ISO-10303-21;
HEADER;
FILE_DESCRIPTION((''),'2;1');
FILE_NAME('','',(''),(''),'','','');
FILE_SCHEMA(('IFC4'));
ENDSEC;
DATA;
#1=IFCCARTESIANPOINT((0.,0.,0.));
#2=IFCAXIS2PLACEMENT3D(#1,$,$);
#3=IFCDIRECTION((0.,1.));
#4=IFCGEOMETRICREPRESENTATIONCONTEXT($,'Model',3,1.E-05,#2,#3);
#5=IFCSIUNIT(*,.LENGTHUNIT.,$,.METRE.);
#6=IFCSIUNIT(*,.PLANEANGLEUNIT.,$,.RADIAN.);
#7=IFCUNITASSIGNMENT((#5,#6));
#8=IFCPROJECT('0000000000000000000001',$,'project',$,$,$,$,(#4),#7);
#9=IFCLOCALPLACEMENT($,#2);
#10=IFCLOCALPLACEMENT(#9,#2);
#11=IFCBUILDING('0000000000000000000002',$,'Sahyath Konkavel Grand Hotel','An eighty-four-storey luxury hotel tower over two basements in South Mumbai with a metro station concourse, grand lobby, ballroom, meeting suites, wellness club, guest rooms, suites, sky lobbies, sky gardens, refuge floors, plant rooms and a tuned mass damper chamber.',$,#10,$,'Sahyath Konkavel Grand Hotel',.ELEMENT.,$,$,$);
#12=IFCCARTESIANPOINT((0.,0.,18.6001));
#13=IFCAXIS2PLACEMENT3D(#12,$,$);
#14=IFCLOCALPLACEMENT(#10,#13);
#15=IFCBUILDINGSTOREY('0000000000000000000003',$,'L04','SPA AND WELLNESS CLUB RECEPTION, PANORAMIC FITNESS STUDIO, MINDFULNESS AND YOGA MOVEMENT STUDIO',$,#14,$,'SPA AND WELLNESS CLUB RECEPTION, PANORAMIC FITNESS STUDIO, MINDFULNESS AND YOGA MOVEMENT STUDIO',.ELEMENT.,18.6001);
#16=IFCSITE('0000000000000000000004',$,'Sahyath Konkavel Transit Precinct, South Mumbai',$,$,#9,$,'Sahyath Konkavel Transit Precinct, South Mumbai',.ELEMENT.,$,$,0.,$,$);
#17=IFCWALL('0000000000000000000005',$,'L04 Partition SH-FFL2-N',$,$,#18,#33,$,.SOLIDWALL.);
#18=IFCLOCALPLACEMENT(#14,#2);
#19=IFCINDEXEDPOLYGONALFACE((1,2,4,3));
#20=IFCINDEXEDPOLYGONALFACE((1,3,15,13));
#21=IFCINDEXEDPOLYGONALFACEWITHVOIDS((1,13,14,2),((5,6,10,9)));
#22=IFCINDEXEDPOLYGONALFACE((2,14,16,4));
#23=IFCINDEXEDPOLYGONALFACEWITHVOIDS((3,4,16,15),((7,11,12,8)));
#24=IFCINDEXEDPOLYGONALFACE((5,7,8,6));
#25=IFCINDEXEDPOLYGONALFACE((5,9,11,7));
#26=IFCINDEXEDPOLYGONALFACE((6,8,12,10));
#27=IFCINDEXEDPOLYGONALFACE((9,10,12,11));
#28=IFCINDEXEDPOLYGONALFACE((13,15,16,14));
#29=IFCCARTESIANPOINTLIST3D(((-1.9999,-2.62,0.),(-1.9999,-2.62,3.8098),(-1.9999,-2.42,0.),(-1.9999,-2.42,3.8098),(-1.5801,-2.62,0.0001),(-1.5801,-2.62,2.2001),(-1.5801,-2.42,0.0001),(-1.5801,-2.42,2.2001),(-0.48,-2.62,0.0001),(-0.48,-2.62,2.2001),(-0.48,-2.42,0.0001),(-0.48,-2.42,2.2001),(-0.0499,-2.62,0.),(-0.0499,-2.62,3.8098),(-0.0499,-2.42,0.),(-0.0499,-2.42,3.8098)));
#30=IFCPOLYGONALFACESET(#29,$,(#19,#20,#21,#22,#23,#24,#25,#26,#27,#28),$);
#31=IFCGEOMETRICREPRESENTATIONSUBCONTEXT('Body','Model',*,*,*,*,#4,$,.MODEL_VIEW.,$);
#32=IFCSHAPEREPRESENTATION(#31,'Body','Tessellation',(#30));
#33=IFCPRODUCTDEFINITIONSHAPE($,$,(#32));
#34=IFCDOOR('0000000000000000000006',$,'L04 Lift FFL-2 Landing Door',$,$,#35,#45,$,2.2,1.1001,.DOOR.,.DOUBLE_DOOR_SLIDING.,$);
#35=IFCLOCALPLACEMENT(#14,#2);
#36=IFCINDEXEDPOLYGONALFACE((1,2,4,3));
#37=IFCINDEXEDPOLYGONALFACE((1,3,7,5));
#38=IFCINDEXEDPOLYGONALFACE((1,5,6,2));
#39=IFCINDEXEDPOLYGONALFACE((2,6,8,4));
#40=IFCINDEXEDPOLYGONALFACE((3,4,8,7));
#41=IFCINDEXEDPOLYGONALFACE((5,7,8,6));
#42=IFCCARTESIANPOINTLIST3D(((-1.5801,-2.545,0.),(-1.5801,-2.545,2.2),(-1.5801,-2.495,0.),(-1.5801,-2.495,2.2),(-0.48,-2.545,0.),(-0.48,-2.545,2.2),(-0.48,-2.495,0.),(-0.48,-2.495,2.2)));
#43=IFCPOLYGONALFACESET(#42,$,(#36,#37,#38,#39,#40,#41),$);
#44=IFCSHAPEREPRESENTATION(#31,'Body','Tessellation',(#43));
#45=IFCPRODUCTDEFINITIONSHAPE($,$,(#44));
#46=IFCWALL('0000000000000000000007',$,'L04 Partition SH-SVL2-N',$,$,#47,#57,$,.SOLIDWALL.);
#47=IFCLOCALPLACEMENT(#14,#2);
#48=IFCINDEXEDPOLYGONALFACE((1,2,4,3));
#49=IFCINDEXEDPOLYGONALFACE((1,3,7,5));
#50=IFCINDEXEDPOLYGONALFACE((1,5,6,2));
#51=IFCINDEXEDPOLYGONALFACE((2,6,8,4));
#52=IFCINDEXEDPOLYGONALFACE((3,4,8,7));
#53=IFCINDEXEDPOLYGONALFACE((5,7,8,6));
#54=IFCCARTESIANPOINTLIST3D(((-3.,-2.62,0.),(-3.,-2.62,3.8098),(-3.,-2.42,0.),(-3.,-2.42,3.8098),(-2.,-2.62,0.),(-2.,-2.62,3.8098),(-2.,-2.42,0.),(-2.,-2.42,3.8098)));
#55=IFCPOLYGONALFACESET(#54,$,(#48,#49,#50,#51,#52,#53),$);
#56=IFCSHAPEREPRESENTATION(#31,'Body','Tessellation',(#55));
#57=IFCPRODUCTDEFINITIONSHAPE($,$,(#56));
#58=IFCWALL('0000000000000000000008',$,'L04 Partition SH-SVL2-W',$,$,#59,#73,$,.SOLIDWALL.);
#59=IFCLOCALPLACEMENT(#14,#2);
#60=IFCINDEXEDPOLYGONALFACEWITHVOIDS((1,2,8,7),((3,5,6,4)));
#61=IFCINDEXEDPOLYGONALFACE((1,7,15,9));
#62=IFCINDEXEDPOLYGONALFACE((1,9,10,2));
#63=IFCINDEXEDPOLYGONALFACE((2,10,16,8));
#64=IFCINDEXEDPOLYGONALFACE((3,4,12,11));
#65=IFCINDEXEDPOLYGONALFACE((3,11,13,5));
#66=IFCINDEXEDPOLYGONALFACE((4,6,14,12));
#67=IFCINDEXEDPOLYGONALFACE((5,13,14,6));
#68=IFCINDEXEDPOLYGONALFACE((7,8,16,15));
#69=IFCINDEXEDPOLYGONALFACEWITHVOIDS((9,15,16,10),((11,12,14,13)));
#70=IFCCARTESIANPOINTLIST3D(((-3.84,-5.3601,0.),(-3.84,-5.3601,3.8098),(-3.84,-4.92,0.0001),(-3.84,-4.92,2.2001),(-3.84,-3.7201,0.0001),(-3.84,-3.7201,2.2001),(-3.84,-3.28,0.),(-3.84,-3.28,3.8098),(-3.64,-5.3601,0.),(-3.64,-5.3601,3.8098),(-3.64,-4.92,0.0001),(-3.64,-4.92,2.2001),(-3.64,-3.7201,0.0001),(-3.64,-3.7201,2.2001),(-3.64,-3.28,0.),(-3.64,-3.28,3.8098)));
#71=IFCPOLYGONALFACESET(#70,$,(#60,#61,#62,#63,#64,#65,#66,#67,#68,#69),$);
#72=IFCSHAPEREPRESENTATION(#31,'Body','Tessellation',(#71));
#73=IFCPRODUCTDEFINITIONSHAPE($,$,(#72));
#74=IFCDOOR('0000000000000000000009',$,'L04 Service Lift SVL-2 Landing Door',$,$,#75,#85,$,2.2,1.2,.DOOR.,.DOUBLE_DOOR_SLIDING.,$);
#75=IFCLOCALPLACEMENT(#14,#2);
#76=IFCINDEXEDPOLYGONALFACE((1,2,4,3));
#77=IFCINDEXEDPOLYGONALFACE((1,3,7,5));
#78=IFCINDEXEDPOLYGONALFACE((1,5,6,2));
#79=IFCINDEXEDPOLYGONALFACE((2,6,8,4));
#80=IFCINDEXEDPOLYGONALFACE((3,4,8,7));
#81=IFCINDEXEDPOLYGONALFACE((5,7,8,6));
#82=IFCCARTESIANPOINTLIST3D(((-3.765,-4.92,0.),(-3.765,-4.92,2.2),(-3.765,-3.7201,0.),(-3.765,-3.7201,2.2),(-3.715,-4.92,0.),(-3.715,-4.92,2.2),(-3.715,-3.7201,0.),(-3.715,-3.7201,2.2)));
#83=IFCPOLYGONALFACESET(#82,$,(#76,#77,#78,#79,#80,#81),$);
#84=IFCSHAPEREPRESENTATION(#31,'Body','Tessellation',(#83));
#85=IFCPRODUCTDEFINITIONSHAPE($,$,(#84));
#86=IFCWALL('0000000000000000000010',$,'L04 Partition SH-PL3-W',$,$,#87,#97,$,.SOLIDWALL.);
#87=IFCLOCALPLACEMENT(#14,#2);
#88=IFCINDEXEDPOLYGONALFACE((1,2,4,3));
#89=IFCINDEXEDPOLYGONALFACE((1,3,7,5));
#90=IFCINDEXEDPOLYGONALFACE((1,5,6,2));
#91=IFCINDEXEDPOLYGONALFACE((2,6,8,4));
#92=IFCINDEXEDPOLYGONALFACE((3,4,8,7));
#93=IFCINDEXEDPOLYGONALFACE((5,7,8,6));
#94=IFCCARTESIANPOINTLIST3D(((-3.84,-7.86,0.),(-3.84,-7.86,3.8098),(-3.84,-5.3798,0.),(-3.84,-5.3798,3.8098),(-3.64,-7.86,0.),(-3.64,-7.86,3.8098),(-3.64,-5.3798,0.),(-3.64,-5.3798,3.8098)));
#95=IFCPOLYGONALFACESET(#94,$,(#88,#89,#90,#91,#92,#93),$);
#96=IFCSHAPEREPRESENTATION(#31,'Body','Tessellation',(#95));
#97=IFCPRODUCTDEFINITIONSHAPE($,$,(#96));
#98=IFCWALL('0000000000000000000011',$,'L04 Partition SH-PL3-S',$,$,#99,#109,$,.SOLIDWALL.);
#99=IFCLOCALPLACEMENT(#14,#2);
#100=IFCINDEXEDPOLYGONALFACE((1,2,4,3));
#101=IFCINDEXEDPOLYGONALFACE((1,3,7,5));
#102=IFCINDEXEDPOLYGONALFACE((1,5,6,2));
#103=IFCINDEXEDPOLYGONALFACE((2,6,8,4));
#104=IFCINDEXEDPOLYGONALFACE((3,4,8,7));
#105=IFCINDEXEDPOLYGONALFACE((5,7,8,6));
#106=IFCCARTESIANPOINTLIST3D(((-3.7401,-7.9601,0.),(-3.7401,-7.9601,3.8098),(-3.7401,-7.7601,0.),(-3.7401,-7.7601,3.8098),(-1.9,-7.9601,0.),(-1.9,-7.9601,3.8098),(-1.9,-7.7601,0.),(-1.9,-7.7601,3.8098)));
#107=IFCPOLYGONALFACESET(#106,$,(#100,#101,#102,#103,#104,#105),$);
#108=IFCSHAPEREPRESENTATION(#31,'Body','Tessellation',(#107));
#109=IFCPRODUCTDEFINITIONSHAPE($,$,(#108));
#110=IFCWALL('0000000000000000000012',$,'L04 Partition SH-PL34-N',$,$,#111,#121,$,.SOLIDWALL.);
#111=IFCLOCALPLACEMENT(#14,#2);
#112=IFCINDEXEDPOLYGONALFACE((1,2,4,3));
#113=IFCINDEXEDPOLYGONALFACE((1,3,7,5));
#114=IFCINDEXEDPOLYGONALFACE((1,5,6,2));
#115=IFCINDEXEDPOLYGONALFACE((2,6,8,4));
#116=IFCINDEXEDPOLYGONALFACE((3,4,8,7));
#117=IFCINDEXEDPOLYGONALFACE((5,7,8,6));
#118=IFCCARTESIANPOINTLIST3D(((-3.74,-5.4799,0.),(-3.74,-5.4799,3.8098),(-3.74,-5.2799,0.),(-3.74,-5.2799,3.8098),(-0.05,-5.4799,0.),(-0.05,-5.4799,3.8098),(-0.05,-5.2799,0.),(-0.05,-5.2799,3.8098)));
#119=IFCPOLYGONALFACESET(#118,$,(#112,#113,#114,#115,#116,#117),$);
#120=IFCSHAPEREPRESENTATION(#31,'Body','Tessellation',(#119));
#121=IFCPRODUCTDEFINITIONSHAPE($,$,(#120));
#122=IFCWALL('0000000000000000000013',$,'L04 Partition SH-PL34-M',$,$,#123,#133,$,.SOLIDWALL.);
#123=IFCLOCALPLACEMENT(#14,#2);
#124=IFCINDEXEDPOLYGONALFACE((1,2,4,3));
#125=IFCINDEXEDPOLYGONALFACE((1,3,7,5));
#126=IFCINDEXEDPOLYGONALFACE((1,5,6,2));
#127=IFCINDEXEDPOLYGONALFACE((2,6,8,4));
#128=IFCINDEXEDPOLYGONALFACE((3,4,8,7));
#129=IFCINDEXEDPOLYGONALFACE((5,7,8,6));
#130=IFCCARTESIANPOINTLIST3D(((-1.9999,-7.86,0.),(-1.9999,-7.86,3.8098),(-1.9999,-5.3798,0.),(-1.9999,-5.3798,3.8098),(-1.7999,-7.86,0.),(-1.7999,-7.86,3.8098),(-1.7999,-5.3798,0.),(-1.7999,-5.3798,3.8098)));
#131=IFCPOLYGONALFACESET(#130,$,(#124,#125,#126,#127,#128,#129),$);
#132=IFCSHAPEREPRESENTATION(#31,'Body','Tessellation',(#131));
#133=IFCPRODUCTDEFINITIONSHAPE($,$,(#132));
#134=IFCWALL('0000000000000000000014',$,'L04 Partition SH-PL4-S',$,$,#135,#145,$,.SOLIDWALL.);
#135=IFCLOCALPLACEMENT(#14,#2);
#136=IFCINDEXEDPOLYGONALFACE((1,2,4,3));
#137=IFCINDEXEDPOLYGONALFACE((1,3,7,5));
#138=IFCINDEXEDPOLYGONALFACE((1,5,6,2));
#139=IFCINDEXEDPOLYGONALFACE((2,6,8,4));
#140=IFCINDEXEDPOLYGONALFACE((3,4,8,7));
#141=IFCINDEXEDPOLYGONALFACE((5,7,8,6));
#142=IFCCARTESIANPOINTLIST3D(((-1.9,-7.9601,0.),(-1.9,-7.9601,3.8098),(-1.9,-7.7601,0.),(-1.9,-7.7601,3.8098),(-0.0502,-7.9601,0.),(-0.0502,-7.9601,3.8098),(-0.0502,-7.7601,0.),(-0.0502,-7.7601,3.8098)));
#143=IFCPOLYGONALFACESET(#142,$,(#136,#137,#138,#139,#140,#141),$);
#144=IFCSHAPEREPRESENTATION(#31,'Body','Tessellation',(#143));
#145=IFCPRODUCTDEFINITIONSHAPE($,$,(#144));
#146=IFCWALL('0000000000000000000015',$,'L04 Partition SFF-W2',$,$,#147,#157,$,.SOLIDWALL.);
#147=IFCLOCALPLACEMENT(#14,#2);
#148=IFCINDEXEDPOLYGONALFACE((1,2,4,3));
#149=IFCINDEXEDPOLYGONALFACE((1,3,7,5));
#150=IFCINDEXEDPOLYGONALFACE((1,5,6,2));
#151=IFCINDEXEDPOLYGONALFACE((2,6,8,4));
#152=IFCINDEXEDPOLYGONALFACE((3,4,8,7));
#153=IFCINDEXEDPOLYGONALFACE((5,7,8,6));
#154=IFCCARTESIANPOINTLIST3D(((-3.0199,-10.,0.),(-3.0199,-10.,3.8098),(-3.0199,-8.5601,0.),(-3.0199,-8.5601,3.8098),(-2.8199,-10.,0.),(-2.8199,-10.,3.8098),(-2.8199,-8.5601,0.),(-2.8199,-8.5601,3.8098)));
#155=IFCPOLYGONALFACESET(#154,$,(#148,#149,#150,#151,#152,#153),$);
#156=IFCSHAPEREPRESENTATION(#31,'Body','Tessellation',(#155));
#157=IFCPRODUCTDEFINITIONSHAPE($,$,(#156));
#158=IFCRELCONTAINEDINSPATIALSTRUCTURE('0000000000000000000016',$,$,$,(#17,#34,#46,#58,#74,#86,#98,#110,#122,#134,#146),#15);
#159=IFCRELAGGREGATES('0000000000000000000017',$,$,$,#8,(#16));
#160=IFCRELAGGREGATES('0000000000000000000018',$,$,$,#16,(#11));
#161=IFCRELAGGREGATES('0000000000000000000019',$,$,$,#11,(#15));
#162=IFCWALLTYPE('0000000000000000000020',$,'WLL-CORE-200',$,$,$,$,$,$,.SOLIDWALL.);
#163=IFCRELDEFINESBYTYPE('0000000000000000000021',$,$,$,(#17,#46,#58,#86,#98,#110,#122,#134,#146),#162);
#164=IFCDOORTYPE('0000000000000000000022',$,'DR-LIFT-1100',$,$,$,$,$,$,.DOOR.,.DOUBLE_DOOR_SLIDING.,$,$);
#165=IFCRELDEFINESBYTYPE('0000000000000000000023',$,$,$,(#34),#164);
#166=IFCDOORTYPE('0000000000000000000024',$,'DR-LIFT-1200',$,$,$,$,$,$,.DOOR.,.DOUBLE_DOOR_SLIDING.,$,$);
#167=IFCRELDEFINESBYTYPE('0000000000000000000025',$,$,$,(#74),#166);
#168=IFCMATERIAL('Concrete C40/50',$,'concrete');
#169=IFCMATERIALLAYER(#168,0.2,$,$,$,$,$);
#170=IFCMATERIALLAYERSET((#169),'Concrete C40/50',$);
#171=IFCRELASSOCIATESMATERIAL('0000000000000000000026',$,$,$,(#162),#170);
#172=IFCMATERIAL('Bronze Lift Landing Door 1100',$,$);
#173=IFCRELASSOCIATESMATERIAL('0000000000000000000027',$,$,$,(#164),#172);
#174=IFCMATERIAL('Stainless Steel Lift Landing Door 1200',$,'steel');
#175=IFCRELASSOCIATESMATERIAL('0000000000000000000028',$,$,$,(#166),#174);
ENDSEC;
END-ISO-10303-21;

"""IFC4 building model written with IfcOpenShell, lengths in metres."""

from ifc_helpers import new_model, si_unit, direction, frame, frame_2d, origin, origin_2d, place, context, subcontext, project, spatial, rectangle, extrude, source, transform, mapped, material, layer, layer_set, type_object, element, fill, save


model = new_model("IFC4")

# Units and contexts
model_context = context("Model", 3, precision=1e-05, world=origin(), true_north=direction((0.0, 1.0)))
body_context = subcontext(model_context, "Body", "Model", "MODEL_VIEW")
ifc_project = project(units=[si_unit("LENGTHUNIT", "METRE"), si_unit("PLANEANGLEUNIT", "RADIAN")], contexts=[model_context])

# Site, building, storey
site_placement = place(None, origin())
site = spatial("IfcSite", under=ifc_project, at=site_placement, Name="Sahyath Konkavel Transit Precinct, South Mumbai", LongName="Sahyath Konkavel Transit Precinct, South Mumbai", CompositionType="ELEMENT", RefElevation=0.0)
building_placement = place(site_placement, origin())
building = spatial("IfcBuilding", under=site, at=building_placement, Name="Sahyath Konkavel Grand Hotel", Description="An eighty-four-storey luxury hotel tower over two basements in South Mumbai with a metro station concourse, grand lobby, ballroom, meeting suites, wellness club, guest rooms, suites, sky lobbies, sky gardens, refuge floors, plant rooms and a tuned mass damper chamber.", LongName="Sahyath Konkavel Grand Hotel", CompositionType="ELEMENT")
storey_placement = place(building_placement, frame((0.0, 0.0, 18.6001)))
storey = spatial("IfcBuildingStorey", under=building, at=storey_placement, Name="L04", Description="SPA AND WELLNESS CLUB RECEPTION, PANORAMIC FITNESS STUDIO, MINDFULNESS AND YOGA MOVEMENT STUDIO", LongName="SPA AND WELLNESS CLUB RECEPTION, PANORAMIC FITNESS STUDIO, MINDFULNESS AND YOGA MOVEMENT STUDIO", CompositionType="ELEMENT", Elevation=18.6001)

# Shared definitions
ifc_material_1 = material(Name="Concrete C40/50", Category="concrete")
ifc_layer_1 = layer(ifc_material_1, 0.2)
ifc_layer_set_1 = layer_set([ifc_layer_1], Name="Concrete C40/50")
wall_type_1 = type_object("IfcWallType", Name="WLL-CORE-200", PredefinedType="SOLIDWALL", material=ifc_layer_set_1)

# Wall, opening, door
wall_1_placement = place(storey_placement, frame((-2.0, -2.52, 0.0), z_axis=(0.0, 0.0, 1.0), x_axis=(1.0, 0.0, 0.0)))
wall_1 = element("IfcWall", 1, at=wall_1_placement, inside=storey, type_object=wall_type_1, Name="L04 Partition SH-FFL2-N", PredefinedType="SOLIDWALL", context=body_context, shape_type="SweptSolid", body=[
    extrude(rectangle(XDim=1.95, YDim=0.2, at=frame_2d((0.9751, 0.0))), origin(), (0.0, 0.0, 1.0), 3.8098),
])
opening_1_placement = place(wall_1_placement, frame((0.4199, 0.0, 0.0)))
opening_1 = element("IfcOpeningElement", 2, at=opening_1_placement, cuts=wall_1, PredefinedType="OPENING", context=body_context, shape_type="SweptSolid", body=[
    extrude(rectangle(XDim=1.1001, YDim=2.2, at=frame_2d((0.55, 1.1001))), frame((0.0, 0.1099, 0.0), z_axis=(0.0, -1.0, 0.0), x_axis=(1.0, 0.0, 0.0)), (0.0, 0.0, 1.0), 0.22),
])
ifc_material_2 = material(Name="Bronze Lift Landing Door 1100")
door_type_1 = type_object("IfcDoorType", Name="DR-LIFT-1100", OperationType="DOUBLE_DOOR_SLIDING", PredefinedType="DOOR", material=ifc_material_2)
shared_shape_1 = source(origin(), body_context, "Body", "SweptSolid", [
    extrude(rectangle(XDim=1.1001, YDim=0.05, at=origin_2d()), origin(), (0.0, 0.0, 1.0), 2.2),
])
door_1_placement = place(opening_1_placement, frame((0.55, 0.0, 0.0)))
door_1 = element("IfcDoor", 3, at=door_1_placement, inside=storey, type_object=door_type_1, Name="L04 Lift FFL-2 Landing Door", OperationType="DOUBLE_DOOR_SLIDING", OverallHeight=2.2, OverallWidth=1.1001, PredefinedType="DOOR", context=body_context, shape_type="MappedRepresentation", body=[
    mapped(shared_shape_1, transform((0.0, 0.0, 0.0), scale=1.0)),
])
fill(opening_1, door_1)

# Wall
wall_2_placement = place(storey_placement, frame((-3.0, -2.52, 0.0), z_axis=(0.0, 0.0, 1.0), x_axis=(1.0, 0.0, 0.0)))
element("IfcWall", 4, at=wall_2_placement, inside=storey, type_object=wall_type_1, Name="L04 Partition SH-SVL2-N", PredefinedType="SOLIDWALL", context=body_context, shape_type="SweptSolid", body=[
    extrude(rectangle(XDim=1.0, YDim=0.2, at=frame_2d((0.5, 0.0))), origin(), (0.0, 0.0, 1.0), 3.8098),
])

# Wall, opening, door
wall_3_placement = place(storey_placement, frame((-3.74, -5.3601, 0.0), z_axis=(0.0, 0.0, 1.0), x_axis=(0.0, 1.0, 0.0)))
wall_3 = element("IfcWall", 5, at=wall_3_placement, inside=storey, type_object=wall_type_1, Name="L04 Partition SH-SVL2-W", PredefinedType="SOLIDWALL", context=body_context, shape_type="SweptSolid", body=[
    extrude(rectangle(XDim=2.0801, YDim=0.2, at=frame_2d((1.04, 0.0))), origin(), (0.0, 0.0, 1.0), 3.8098),
])
opening_2_placement = place(wall_3_placement, frame((0.4399, 0.0, 0.0)))
opening_2 = element("IfcOpeningElement", 6, at=opening_2_placement, cuts=wall_3, PredefinedType="OPENING", context=body_context, shape_type="SweptSolid", body=[
    extrude(rectangle(XDim=1.2, YDim=2.2, at=frame_2d((0.6001, 1.1001))), frame((0.0, 0.1099, 0.0), z_axis=(0.0, -1.0, 0.0), x_axis=(1.0, 0.0, 0.0)), (0.0, 0.0, 1.0), 0.22),
])
ifc_material_3 = material(Name="Stainless Steel Lift Landing Door 1200", Category="steel")
door_type_2 = type_object("IfcDoorType", Name="DR-LIFT-1200", OperationType="DOUBLE_DOOR_SLIDING", PredefinedType="DOOR", material=ifc_material_3)
shared_shape_2 = source(origin(), body_context, "Body", "SweptSolid", [
    extrude(rectangle(XDim=1.2, YDim=0.05, at=origin_2d()), origin(), (0.0, 0.0, 1.0), 2.2),
])
door_2_placement = place(opening_2_placement, frame((0.6001, 0.0, 0.0)))
door_2 = element("IfcDoor", 7, at=door_2_placement, inside=storey, type_object=door_type_2, Name="L04 Service Lift SVL-2 Landing Door", OperationType="DOUBLE_DOOR_SLIDING", OverallHeight=2.2, OverallWidth=1.2, PredefinedType="DOOR", context=body_context, shape_type="MappedRepresentation", body=[
    mapped(shared_shape_2, transform((0.0, 0.0, 0.0), scale=1.0)),
])
fill(opening_2, door_2)

# Walls
wall_4_placement = place(storey_placement, frame((-3.74, -7.8601, 0.0), z_axis=(0.0, 0.0, 1.0), x_axis=(0.0, 1.0, 0.0)))
element("IfcWall", 8, at=wall_4_placement, inside=storey, type_object=wall_type_1, Name="L04 Partition SH-PL3-W", PredefinedType="SOLIDWALL", context=body_context, shape_type="SweptSolid", body=[
    extrude(rectangle(XDim=2.4802, YDim=0.2, at=frame_2d((1.2402, 0.0))), origin(), (0.0, 0.0, 1.0), 3.8098),
])
wall_5_placement = place(storey_placement, frame((-3.74, -7.8601, 0.0), z_axis=(0.0, 0.0, 1.0), x_axis=(1.0, 0.0, 0.0)))
element("IfcWall", 9, at=wall_5_placement, inside=storey, type_object=wall_type_1, Name="L04 Partition SH-PL3-S", PredefinedType="SOLIDWALL", context=body_context, shape_type="SweptSolid", body=[
    extrude(rectangle(XDim=1.8401, YDim=0.2, at=frame_2d((0.9199, 0.0))), origin(), (0.0, 0.0, 1.0), 3.8098),
])
wall_6_placement = place(storey_placement, frame((-3.74, -5.3799, 0.0), z_axis=(0.0, 0.0, 1.0), x_axis=(1.0, 0.0, 0.0)))
element("IfcWall", 10, at=wall_6_placement, inside=storey, type_object=wall_type_1, Name="L04 Partition SH-PL34-N", PredefinedType="SOLIDWALL", context=body_context, shape_type="SweptSolid", body=[
    extrude(rectangle(XDim=3.6899, YDim=0.2, at=frame_2d((1.845, 0.0))), origin(), (0.0, 0.0, 1.0), 3.8098),
])
wall_7_placement = place(storey_placement, frame((-1.8999, -7.8601, 0.0), z_axis=(0.0, 0.0, 1.0), x_axis=(0.0, 1.0, 0.0)))
element("IfcWall", 11, at=wall_7_placement, inside=storey, type_object=wall_type_1, Name="L04 Partition SH-PL34-M", PredefinedType="SOLIDWALL", context=body_context, shape_type="SweptSolid", body=[
    extrude(rectangle(XDim=2.4802, YDim=0.2, at=frame_2d((1.2402, 0.0))), origin(), (0.0, 0.0, 1.0), 3.8098),
])
wall_8_placement = place(storey_placement, frame((-1.8999, -7.8601, 0.0), z_axis=(0.0, 0.0, 1.0), x_axis=(1.0, 0.0, 0.0)))
element("IfcWall", 12, at=wall_8_placement, inside=storey, type_object=wall_type_1, Name="L04 Partition SH-PL4-S", PredefinedType="SOLIDWALL", context=body_context, shape_type="SweptSolid", body=[
    extrude(rectangle(XDim=1.8499, YDim=0.2, at=frame_2d((0.9248, 0.0))), origin(), (0.0, 0.0, 1.0), 3.8098),
])

# Wall
wall_9_placement = place(storey_placement, frame((-2.9199, -10.0, 0.0), z_axis=(0.0, 0.0, 1.0), x_axis=(0.0, 1.0, 0.0)))
element("IfcWall", 13, at=wall_9_placement, inside=storey, type_object=wall_type_1, Name="L04 Partition SFF-W2", PredefinedType="SOLIDWALL", context=body_context, shape_type="SweptSolid", body=[
    extrude(rectangle(XDim=1.4399, YDim=0.2, at=frame_2d((0.72, 0.0))), origin(), (0.0, 0.0, 1.0), 3.8098),
])

save(model, "model.ifc")
